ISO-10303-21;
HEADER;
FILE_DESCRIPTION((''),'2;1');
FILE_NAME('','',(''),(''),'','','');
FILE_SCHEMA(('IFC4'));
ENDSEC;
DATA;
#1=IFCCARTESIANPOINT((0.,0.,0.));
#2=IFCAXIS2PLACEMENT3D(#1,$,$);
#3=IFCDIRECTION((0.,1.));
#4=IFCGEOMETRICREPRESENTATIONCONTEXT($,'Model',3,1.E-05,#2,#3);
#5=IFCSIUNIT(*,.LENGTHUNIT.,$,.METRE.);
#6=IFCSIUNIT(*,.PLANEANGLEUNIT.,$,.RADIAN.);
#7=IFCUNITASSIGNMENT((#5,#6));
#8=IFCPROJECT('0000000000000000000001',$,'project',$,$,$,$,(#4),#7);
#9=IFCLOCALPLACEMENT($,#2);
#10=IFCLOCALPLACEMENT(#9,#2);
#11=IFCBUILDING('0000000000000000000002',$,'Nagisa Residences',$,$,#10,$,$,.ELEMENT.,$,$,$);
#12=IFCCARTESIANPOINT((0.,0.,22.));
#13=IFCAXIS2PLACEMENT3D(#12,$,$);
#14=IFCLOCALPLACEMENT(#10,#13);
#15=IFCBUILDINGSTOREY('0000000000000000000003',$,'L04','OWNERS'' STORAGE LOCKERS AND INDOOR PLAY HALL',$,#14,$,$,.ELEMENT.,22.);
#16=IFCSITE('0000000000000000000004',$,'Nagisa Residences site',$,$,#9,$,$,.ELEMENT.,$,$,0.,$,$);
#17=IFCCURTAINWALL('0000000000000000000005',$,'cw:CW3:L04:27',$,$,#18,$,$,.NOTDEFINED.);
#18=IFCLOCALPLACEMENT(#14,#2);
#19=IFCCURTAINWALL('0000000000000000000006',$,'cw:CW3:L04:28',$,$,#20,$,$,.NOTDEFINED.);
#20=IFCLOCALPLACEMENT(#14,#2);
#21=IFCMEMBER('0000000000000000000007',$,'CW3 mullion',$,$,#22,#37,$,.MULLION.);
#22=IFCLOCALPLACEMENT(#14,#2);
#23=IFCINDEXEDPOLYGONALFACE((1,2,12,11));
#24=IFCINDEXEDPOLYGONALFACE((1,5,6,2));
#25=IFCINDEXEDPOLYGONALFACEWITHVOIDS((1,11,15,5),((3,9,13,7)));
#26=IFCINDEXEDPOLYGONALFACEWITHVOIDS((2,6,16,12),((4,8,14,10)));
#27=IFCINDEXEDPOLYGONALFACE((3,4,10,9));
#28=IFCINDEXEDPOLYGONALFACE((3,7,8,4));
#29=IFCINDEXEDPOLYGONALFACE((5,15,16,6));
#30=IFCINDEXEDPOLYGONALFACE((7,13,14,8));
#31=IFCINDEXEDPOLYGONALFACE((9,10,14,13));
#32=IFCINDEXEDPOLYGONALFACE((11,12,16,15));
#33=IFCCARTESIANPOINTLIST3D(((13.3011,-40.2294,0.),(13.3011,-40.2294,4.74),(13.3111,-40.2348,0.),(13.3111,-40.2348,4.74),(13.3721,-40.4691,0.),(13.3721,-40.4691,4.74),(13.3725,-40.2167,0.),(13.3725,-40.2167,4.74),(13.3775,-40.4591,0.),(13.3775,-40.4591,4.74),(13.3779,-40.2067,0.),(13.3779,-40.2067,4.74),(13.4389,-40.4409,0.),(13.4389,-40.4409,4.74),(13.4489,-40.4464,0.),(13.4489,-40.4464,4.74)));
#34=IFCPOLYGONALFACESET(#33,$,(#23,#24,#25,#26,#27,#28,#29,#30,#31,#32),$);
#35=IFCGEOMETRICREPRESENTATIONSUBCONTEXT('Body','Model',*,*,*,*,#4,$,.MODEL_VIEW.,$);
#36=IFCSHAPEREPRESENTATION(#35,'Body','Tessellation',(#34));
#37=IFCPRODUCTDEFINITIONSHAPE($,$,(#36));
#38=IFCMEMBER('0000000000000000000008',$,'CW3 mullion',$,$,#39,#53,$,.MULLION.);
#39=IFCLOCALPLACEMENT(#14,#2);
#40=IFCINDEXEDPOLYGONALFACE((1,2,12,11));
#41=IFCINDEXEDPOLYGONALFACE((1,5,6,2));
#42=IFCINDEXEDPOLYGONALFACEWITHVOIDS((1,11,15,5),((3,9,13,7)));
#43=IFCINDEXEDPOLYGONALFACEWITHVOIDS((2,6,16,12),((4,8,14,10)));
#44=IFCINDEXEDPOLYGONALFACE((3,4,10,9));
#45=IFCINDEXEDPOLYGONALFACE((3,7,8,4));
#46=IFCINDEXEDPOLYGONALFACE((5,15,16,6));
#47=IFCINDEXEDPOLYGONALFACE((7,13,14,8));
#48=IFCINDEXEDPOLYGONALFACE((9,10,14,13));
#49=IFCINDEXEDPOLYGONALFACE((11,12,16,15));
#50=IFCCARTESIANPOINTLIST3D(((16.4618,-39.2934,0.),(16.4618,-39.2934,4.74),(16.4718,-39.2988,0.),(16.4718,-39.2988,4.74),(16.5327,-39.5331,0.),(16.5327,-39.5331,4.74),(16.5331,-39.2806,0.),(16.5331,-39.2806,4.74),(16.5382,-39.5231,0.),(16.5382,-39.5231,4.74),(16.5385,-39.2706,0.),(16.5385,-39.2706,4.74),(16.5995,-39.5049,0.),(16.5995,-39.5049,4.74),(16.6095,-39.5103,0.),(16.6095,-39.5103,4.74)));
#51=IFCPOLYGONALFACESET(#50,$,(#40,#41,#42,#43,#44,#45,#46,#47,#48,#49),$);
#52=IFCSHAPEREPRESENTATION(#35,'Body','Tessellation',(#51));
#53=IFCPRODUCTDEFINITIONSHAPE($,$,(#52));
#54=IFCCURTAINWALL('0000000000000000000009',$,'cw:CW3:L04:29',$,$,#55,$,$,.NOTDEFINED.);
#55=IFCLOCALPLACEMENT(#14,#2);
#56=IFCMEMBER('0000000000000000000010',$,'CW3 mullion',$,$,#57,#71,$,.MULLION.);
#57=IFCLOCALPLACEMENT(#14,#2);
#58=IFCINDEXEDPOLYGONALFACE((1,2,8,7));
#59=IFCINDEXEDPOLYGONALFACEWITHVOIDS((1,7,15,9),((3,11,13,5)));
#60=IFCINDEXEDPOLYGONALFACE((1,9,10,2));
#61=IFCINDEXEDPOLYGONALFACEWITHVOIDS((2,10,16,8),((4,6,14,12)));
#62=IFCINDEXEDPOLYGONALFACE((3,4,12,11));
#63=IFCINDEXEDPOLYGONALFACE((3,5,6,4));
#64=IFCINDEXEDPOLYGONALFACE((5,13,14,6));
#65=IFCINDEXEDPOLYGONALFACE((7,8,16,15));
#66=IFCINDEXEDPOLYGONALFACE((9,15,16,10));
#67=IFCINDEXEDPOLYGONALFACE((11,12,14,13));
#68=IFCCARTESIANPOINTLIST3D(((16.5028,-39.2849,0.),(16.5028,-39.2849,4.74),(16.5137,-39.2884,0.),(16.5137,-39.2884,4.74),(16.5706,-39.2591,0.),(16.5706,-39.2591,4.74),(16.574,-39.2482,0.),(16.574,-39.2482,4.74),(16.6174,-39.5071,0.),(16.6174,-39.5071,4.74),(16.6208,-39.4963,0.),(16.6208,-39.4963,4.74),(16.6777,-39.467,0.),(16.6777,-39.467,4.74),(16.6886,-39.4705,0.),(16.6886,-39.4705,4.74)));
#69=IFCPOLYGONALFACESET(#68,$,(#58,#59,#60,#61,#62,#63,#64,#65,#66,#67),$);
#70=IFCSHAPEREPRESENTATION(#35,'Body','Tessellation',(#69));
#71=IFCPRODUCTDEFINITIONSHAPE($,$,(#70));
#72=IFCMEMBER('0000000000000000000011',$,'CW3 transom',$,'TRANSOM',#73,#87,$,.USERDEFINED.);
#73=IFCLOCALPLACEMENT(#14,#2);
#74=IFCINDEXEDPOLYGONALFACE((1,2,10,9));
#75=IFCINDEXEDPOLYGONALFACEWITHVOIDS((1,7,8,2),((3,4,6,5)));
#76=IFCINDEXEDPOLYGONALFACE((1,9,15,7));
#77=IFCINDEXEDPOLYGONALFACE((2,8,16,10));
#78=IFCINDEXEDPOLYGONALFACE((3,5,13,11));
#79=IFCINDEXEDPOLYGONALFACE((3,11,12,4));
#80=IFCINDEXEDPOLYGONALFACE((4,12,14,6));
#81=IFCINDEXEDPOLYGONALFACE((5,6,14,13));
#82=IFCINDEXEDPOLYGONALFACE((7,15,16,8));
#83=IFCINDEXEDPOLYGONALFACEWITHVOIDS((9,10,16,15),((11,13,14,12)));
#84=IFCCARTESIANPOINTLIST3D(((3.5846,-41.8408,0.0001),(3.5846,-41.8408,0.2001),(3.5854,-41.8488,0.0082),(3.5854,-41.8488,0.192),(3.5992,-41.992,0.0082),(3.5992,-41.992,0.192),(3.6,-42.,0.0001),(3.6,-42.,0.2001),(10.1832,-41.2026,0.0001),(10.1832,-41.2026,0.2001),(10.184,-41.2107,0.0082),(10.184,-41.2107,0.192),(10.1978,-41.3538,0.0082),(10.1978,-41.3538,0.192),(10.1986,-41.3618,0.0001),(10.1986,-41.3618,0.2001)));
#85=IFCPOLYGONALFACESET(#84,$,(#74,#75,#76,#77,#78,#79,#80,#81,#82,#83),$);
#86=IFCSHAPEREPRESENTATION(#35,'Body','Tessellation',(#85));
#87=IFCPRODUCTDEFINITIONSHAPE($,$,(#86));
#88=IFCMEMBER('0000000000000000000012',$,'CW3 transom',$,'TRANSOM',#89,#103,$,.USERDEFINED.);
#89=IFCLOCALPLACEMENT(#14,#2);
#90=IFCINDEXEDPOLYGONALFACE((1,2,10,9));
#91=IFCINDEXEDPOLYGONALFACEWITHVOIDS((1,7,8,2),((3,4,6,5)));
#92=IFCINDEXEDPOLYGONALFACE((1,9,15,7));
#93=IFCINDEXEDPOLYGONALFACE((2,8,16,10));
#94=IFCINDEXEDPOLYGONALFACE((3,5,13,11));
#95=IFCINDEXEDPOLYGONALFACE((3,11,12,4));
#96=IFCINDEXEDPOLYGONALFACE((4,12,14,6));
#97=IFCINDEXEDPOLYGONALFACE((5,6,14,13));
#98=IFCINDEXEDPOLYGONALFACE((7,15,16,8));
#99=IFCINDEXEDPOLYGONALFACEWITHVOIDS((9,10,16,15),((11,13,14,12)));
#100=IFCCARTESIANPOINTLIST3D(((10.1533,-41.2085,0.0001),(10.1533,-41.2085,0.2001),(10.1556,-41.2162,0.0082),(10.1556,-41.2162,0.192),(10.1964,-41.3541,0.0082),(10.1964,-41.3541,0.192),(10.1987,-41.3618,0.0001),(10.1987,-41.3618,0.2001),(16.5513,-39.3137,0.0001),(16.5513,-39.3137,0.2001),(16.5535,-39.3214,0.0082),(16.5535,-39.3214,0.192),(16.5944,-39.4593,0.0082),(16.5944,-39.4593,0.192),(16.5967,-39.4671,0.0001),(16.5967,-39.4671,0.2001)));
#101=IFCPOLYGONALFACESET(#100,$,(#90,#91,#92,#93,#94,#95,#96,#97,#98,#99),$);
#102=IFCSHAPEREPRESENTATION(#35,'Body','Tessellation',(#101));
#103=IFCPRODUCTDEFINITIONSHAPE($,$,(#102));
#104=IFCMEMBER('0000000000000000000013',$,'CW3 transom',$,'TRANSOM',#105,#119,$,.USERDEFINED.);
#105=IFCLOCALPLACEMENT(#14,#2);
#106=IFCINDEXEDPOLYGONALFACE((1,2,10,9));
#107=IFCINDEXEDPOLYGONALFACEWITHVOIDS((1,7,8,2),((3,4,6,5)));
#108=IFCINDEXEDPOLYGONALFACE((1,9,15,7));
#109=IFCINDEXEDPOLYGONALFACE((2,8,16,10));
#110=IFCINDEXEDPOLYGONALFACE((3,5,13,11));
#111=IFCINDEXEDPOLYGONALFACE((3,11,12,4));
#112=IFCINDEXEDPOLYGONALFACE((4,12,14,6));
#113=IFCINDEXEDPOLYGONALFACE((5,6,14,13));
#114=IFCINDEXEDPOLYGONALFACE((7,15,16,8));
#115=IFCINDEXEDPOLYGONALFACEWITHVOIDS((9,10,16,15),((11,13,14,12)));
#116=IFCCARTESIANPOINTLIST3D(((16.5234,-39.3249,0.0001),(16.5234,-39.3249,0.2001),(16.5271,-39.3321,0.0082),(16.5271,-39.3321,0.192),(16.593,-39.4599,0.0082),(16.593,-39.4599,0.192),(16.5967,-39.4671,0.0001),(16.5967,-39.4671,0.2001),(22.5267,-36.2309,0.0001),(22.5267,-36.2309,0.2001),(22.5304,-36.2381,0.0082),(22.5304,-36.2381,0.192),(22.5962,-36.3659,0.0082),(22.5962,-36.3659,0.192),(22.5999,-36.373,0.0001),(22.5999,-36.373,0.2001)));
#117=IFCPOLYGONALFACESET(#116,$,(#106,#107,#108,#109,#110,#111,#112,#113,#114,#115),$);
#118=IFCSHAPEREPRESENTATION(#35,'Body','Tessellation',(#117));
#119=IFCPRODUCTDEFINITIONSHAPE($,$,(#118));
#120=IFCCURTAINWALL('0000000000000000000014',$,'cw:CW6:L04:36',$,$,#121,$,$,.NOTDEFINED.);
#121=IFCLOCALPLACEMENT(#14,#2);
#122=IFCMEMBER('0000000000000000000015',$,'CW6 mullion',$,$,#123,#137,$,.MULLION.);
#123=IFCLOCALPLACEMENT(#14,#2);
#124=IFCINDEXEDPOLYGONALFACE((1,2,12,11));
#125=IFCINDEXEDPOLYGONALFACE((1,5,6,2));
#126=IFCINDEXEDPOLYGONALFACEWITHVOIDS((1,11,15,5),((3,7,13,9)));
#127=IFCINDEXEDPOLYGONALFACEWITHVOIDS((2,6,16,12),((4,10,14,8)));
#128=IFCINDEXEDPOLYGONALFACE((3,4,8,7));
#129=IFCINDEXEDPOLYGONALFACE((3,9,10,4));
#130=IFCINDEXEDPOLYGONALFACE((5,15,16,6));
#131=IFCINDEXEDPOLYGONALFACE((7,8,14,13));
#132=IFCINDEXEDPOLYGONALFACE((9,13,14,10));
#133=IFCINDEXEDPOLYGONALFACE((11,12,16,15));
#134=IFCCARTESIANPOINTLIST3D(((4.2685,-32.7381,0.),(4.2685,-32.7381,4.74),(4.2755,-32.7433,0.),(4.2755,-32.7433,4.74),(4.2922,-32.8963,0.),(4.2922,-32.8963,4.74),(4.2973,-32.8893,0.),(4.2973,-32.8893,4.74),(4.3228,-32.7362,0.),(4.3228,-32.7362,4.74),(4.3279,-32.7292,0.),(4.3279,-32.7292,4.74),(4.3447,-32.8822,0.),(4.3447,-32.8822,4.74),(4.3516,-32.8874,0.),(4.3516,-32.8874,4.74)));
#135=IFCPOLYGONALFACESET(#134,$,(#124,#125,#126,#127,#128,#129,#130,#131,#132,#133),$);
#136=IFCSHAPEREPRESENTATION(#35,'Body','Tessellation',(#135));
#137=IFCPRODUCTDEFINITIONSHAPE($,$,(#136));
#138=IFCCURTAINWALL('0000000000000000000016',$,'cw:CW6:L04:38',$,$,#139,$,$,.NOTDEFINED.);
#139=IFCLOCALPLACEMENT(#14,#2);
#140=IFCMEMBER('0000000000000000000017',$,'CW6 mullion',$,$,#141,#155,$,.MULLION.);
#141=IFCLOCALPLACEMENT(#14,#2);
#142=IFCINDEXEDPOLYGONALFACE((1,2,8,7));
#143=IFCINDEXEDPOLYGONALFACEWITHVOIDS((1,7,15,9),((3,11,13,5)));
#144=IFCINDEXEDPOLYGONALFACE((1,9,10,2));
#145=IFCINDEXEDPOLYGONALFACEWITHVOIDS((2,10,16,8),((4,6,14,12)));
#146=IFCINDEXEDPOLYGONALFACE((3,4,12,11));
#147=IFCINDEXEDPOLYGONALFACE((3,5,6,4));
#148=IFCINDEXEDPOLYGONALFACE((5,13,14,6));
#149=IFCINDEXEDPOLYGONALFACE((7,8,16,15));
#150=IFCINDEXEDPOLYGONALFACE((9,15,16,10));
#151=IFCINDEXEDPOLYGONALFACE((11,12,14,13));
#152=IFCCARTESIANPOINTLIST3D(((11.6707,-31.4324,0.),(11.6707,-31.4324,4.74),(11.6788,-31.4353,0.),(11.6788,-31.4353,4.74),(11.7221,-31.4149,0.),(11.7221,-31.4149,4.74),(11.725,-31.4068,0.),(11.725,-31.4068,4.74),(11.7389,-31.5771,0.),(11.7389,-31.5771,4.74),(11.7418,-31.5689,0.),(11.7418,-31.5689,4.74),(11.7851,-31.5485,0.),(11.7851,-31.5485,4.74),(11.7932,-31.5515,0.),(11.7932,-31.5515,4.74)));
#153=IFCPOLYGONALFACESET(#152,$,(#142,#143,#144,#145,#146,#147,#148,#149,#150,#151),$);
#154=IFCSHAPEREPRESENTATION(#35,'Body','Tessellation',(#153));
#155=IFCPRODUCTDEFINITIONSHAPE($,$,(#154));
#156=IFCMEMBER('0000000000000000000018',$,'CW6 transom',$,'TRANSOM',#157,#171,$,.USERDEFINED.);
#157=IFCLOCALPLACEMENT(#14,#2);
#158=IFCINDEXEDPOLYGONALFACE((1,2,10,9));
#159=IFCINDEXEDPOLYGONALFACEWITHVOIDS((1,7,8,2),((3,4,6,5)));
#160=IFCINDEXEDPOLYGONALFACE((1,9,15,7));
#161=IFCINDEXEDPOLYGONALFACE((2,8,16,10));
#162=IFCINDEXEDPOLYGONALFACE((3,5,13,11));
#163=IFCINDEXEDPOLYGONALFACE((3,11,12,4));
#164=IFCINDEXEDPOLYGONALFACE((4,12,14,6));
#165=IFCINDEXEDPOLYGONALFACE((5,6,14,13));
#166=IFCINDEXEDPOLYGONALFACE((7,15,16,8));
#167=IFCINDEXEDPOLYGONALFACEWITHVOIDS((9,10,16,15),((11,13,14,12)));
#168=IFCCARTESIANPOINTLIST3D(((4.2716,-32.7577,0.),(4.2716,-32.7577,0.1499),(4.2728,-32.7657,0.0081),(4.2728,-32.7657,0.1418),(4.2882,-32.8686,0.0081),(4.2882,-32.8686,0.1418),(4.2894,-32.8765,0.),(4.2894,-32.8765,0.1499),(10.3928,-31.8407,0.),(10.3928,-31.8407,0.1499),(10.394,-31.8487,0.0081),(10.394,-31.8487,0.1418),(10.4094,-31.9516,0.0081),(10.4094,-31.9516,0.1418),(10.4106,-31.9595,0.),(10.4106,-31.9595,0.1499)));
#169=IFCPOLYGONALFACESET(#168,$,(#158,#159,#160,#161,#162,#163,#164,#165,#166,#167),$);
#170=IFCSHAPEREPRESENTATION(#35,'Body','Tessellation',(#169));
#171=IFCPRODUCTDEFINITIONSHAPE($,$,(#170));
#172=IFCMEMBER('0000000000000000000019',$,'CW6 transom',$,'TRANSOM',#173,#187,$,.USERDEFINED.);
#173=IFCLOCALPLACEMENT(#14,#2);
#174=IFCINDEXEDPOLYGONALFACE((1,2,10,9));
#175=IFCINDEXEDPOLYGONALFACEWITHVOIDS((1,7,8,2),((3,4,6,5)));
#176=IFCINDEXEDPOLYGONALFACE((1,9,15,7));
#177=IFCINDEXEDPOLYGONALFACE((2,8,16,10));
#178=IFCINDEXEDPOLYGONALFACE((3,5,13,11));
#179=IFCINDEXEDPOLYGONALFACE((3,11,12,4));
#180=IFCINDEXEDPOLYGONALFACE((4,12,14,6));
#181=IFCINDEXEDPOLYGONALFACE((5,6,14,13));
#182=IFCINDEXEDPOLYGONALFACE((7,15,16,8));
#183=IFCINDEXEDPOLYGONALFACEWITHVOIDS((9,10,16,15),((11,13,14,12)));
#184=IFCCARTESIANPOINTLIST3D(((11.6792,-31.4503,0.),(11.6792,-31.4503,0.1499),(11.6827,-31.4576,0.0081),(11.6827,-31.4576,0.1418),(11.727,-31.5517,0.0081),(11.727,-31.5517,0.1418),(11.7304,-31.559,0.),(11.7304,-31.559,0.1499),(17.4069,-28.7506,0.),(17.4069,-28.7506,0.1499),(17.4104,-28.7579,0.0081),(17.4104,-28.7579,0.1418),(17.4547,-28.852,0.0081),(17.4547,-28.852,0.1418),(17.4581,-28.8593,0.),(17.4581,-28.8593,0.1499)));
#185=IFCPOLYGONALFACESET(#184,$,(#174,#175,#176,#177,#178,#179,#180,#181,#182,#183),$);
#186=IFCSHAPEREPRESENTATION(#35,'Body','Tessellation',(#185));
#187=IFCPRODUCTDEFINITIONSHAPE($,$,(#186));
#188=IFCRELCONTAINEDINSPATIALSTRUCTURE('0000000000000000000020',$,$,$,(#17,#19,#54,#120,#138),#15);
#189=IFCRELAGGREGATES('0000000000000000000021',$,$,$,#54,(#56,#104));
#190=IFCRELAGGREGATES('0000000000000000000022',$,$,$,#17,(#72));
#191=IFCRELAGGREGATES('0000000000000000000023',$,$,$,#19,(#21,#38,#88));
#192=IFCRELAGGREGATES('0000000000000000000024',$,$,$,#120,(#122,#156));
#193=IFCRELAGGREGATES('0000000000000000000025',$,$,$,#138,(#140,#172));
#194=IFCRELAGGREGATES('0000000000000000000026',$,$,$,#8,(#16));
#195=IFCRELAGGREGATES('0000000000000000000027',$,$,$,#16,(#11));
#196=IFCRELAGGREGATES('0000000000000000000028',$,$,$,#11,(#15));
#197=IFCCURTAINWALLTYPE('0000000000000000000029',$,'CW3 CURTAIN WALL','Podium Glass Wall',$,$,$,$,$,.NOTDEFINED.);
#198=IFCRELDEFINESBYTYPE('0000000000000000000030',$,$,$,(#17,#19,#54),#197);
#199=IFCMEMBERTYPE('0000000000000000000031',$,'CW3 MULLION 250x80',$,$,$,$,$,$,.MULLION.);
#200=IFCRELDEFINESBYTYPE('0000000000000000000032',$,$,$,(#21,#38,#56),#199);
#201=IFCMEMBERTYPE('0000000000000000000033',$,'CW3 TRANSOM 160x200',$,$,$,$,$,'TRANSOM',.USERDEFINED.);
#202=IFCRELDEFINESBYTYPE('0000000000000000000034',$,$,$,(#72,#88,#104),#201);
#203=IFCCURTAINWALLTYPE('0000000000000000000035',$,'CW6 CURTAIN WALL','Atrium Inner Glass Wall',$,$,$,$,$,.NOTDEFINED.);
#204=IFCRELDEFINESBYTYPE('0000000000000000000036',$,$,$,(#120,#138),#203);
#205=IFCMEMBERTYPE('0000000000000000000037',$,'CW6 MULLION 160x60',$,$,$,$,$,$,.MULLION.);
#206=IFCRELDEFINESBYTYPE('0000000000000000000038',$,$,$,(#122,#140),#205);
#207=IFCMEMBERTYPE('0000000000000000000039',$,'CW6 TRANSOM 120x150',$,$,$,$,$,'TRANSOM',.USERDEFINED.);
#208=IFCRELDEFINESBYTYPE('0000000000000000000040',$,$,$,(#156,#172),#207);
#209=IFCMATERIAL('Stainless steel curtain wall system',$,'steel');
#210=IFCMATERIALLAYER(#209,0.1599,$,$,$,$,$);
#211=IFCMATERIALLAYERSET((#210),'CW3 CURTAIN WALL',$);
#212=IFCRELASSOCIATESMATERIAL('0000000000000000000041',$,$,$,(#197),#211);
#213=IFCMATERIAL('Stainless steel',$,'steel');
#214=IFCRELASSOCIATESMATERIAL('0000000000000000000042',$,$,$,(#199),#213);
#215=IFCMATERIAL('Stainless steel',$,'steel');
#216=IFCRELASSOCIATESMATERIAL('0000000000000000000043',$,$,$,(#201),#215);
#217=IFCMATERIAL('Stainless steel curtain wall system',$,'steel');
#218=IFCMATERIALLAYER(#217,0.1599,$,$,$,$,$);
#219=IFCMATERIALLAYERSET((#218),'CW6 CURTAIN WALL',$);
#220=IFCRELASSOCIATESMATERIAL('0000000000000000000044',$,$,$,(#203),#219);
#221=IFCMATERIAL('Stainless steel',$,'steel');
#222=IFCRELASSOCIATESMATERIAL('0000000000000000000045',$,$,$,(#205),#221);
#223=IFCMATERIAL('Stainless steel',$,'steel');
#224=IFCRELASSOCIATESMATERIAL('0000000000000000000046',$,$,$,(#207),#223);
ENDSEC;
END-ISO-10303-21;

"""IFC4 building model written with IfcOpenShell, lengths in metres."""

from ifc_helpers import new_model, si_unit, direction, frame, origin, origin_2d, place, context, subcontext, project, spatial, hollow_rectangle, extrude, material, layer, layer_set, material_profile, profile_set, type_object, element, aggregate, save


model = new_model("IFC4")

# Units and contexts
model_context = context("Model", 3, precision=1e-05, world=origin(), true_north=direction((0.0, 1.0)))
body_context = subcontext(model_context, "Body", "Model", "MODEL_VIEW")
ifc_project = project(units=[si_unit("LENGTHUNIT", "METRE"), si_unit("PLANEANGLEUNIT", "RADIAN")], contexts=[model_context])

# Site, building, storey
site_placement = place(None, origin())
site = spatial("IfcSite", under=ifc_project, at=site_placement, Name="Nagisa Residences site", CompositionType="ELEMENT", RefElevation=0.0)
building_placement = place(site_placement, origin())
building = spatial("IfcBuilding", under=site, at=building_placement, Name="Nagisa Residences", CompositionType="ELEMENT")
storey_placement = place(building_placement, frame((0.0, 0.0, 22.0)))
storey = spatial("IfcBuildingStorey", under=building, at=storey_placement, Name="L04", Description="OWNERS' STORAGE LOCKERS AND INDOOR PLAY HALL", CompositionType="ELEMENT", Elevation=22.0)

# Shared definitions
ifc_material_1 = material(Name="Stainless steel curtain wall system", Category="steel")
ifc_layer_1 = layer(ifc_material_1, 0.1599)
ifc_layer_set_1 = layer_set([ifc_layer_1], Name="CW3 CURTAIN WALL")
curtain_wall_type_1 = type_object("IfcCurtainWallType", Name="CW3 CURTAIN WALL", Description="Podium Glass Wall", PredefinedType="NOTDEFINED", material=ifc_layer_set_1)
ifc_material_2 = material(Name="Stainless steel", Category="steel")
ifc_material_profile_1 = material_profile(ifc_material_2, hollow_rectangle(XDim=0.25, YDim=0.0801, WallThickness=0.0081, at=origin_2d()), Name="CW3 MULLION 250x80")
ifc_profile_set_1 = profile_set([ifc_material_profile_1], Name="Stainless steel")
member_type_1 = type_object("IfcMemberType", Name="CW3 MULLION 250x80", PredefinedType="MULLION", material=ifc_profile_set_1)

# Curtain walls, members
curtain_wall_1_placement = place(storey_placement, origin())
curtain_wall_1 = element("IfcCurtainWall", 1, at=curtain_wall_1_placement, inside=storey, type_object=curtain_wall_type_1, Name="cw:CW3:L04:27", PredefinedType="NOTDEFINED")
curtain_wall_2_placement = place(storey_placement, origin())
curtain_wall_2 = element("IfcCurtainWall", 2, at=curtain_wall_2_placement, inside=storey, type_object=curtain_wall_type_1, Name="cw:CW3:L04:28", PredefinedType="NOTDEFINED")
member_1_placement = place(storey_placement, frame((13.375, -40.3379, 0.0), z_axis=(0.0, 0.0, 1.0), x_axis=(-0.283963, 0.958835, 0.0)))
member_1 = element("IfcMember", 3, at=member_1_placement, type_object=member_type_1, Name="CW3 mullion", PredefinedType="MULLION", context=body_context, shape_type="SweptSolid", body=[
    extrude(hollow_rectangle(XDim=0.25, YDim=0.0801, WallThickness=0.0081, at=origin_2d()), origin(), (0.0, 0.0, 1.0), 4.74),
])
member_2_placement = place(storey_placement, frame((16.5356, -39.4019, 0.0), z_axis=(0.0, 0.0, 1.0), x_axis=(-0.283963, 0.958835, 0.0)))
member_2 = element("IfcMember", 4, at=member_2_placement, type_object=member_type_1, Name="CW3 mullion", PredefinedType="MULLION", context=body_context, shape_type="SweptSolid", body=[
    extrude(hollow_rectangle(XDim=0.25, YDim=0.0801, WallThickness=0.0081, at=origin_2d()), origin(), (0.0, 0.0, 1.0), 4.74),
])

# Curtain wall, member
curtain_wall_3_placement = place(storey_placement, origin())
curtain_wall_3 = element("IfcCurtainWall", 5, at=curtain_wall_3_placement, inside=storey, type_object=curtain_wall_type_1, Name="cw:CW3:L04:29", PredefinedType="NOTDEFINED")
member_3_placement = place(storey_placement, frame((16.5957, -39.3777, 0.0), z_axis=(0.0, 0.0, 1.0), x_axis=(-0.458126, 0.888887, 0.0)))
member_3 = element("IfcMember", 6, at=member_3_placement, type_object=member_type_1, Name="CW3 mullion", PredefinedType="MULLION", context=body_context, shape_type="SweptSolid", body=[
    extrude(hollow_rectangle(XDim=0.25, YDim=0.0801, WallThickness=0.0081, at=origin_2d()), origin(), (0.0, 0.0, 1.0), 4.74),
])

# Members
ifc_material_3 = material(Name="Stainless steel", Category="steel")
ifc_material_profile_2 = material_profile(ifc_material_3, hollow_rectangle(XDim=0.1599, YDim=0.2, WallThickness=0.0081, at=origin_2d()), Name="CW3 TRANSOM 160x200")
ifc_profile_set_2 = profile_set([ifc_material_profile_2], Name="Stainless steel")
member_type_2 = type_object("IfcMemberType", Name="CW3 TRANSOM 160x200", ElementType="TRANSOM", PredefinedType="USERDEFINED", material=ifc_profile_set_2)
member_4_placement = place(storey_placement, frame((3.5923, -41.9204, 0.1001), z_axis=(0.995356, 0.096265, 0.0), x_axis=(-0.096265, 0.995356, 0.0)))
member_4 = element("IfcMember", 7, at=member_4_placement, type_object=member_type_2, Name="CW3 transom", ObjectType="TRANSOM", PredefinedType="USERDEFINED", context=body_context, shape_type="SweptSolid", body=[
    extrude(hollow_rectangle(XDim=0.1599, YDim=0.2, WallThickness=0.0081, at=origin_2d()), origin(), (0.0, 0.0, 1.0), 6.6294),
])
member_5_placement = place(storey_placement, frame((10.176, -41.2852, 0.1001), z_axis=(0.958835, 0.283963, 0.0), x_axis=(-0.283963, 0.958835, 0.0)))
member_5 = element("IfcMember", 8, at=member_5_placement, type_object=member_type_2, Name="CW3 transom", ObjectType="TRANSOM", PredefinedType="USERDEFINED", context=body_context, shape_type="SweptSolid", body=[
    extrude(hollow_rectangle(XDim=0.1599, YDim=0.2, WallThickness=0.0081, at=origin_2d()), origin(), (0.0, 0.0, 1.0), 6.6726),
])
member_6_placement = place(storey_placement, frame((16.5601, -39.396, 0.1001), z_axis=(0.888887, 0.458126, 0.0), x_axis=(-0.458126, 0.888887, 0.0)))
member_6 = element("IfcMember", 9, at=member_6_placement, type_object=member_type_2, Name="CW3 transom", ObjectType="TRANSOM", PredefinedType="USERDEFINED", context=body_context, shape_type="SweptSolid", body=[
    extrude(hollow_rectangle(XDim=0.1599, YDim=0.2, WallThickness=0.0081, at=origin_2d()), origin(), (0.0, 0.0, 1.0), 6.7537),
])
aggregate(curtain_wall_3, [member_3, member_6])

# Curtain walls, members
ifc_material_4 = material(Name="Stainless steel curtain wall system", Category="steel")
ifc_layer_2 = layer(ifc_material_4, 0.1599)
ifc_layer_set_2 = layer_set([ifc_layer_2], Name="CW6 CURTAIN WALL")
curtain_wall_type_2 = type_object("IfcCurtainWallType", Name="CW6 CURTAIN WALL", Description="Atrium Inner Glass Wall", PredefinedType="NOTDEFINED", material=ifc_layer_set_2)
curtain_wall_4_placement = place(storey_placement, origin())
curtain_wall_4 = element("IfcCurtainWall", 10, at=curtain_wall_4_placement, inside=storey, type_object=curtain_wall_type_2, Name="cw:CW6:L04:36", PredefinedType="NOTDEFINED")
ifc_material_5 = material(Name="Stainless steel", Category="steel")
ifc_material_profile_3 = material_profile(ifc_material_5, hollow_rectangle(XDim=0.1599, YDim=0.0601, WallThickness=0.0061, at=origin_2d()), Name="CW6 MULLION 160x60")
ifc_profile_set_3 = profile_set([ifc_material_profile_3], Name="Stainless steel")
member_type_3 = type_object("IfcMemberType", Name="CW6 MULLION 160x60", PredefinedType="MULLION", material=ifc_profile_set_3)
member_7_placement = place(storey_placement, frame((4.3101, -32.8127, 0.0), z_axis=(0.0, 0.0, 1.0), x_axis=(-0.148158, 0.988964, 0.0)))
member_7 = element("IfcMember", 11, at=member_7_placement, type_object=member_type_3, Name="CW6 mullion", PredefinedType="MULLION", context=body_context, shape_type="SweptSolid", body=[
    extrude(hollow_rectangle(XDim=0.1599, YDim=0.0601, WallThickness=0.0061, at=origin_2d()), origin(), (0.0, 0.0, 1.0), 4.74),
])
curtain_wall_5_placement = place(storey_placement, origin())
curtain_wall_5 = element("IfcCurtainWall", 12, at=curtain_wall_5_placement, inside=storey, type_object=curtain_wall_type_2, Name="cw:CW6:L04:38", PredefinedType="NOTDEFINED")
member_8_placement = place(storey_placement, frame((11.7319, -31.4919, 0.0), z_axis=(0.0, 0.0, 1.0), x_axis=(-0.426358, 0.904554, 0.0)))
member_8 = element("IfcMember", 13, at=member_8_placement, type_object=member_type_3, Name="CW6 mullion", PredefinedType="MULLION", context=body_context, shape_type="SweptSolid", body=[
    extrude(hollow_rectangle(XDim=0.1599, YDim=0.0601, WallThickness=0.0061, at=origin_2d()), origin(), (0.0, 0.0, 1.0), 4.74),
])

# Members
ifc_material_6 = material(Name="Stainless steel", Category="steel")
ifc_material_profile_4 = material_profile(ifc_material_6, hollow_rectangle(XDim=0.1201, YDim=0.1499, WallThickness=0.0081, at=origin_2d()), Name="CW6 TRANSOM 120x150")
ifc_profile_set_4 = profile_set([ifc_material_profile_4], Name="Stainless steel")
member_type_4 = type_object("IfcMemberType", Name="CW6 TRANSOM 120x150", ElementType="TRANSOM", PredefinedType="USERDEFINED", material=ifc_profile_set_4)
member_9_placement = place(storey_placement, frame((4.2805, -32.8171, 0.075), z_axis=(0.988964, 0.148155, 0.0), x_axis=(-0.148155, 0.988964, 0.0)))
member_9 = element("IfcMember", 14, at=member_9_placement, type_object=member_type_4, Name="CW6 transom", ObjectType="TRANSOM", PredefinedType="USERDEFINED", context=body_context, shape_type="SweptSolid", body=[
    extrude(hollow_rectangle(XDim=0.1201, YDim=0.1499, WallThickness=0.0081, at=origin_2d()), origin(), (0.0, 0.0, 1.0), 6.1895),
])
member_10_placement = place(storey_placement, frame((11.7048, -31.5046, 0.075), z_axis=(0.904558, 0.42635, 0.0), x_axis=(-0.42635, 0.904558, 0.0)))
member_10 = element("IfcMember", 15, at=member_10_placement, type_object=member_type_4, Name="CW6 transom", ObjectType="TRANSOM", PredefinedType="USERDEFINED", context=body_context, shape_type="SweptSolid", body=[
    extrude(hollow_rectangle(XDim=0.1201, YDim=0.1499, WallThickness=0.0081, at=origin_2d()), origin(), (0.0, 0.0, 1.0), 6.332),
])

aggregate(curtain_wall_1, [member_4])
aggregate(curtain_wall_2, [member_1, member_2, member_5])
aggregate(curtain_wall_4, [member_7, member_9])
aggregate(curtain_wall_5, [member_8, member_10])

save(model, "model.ifc")
